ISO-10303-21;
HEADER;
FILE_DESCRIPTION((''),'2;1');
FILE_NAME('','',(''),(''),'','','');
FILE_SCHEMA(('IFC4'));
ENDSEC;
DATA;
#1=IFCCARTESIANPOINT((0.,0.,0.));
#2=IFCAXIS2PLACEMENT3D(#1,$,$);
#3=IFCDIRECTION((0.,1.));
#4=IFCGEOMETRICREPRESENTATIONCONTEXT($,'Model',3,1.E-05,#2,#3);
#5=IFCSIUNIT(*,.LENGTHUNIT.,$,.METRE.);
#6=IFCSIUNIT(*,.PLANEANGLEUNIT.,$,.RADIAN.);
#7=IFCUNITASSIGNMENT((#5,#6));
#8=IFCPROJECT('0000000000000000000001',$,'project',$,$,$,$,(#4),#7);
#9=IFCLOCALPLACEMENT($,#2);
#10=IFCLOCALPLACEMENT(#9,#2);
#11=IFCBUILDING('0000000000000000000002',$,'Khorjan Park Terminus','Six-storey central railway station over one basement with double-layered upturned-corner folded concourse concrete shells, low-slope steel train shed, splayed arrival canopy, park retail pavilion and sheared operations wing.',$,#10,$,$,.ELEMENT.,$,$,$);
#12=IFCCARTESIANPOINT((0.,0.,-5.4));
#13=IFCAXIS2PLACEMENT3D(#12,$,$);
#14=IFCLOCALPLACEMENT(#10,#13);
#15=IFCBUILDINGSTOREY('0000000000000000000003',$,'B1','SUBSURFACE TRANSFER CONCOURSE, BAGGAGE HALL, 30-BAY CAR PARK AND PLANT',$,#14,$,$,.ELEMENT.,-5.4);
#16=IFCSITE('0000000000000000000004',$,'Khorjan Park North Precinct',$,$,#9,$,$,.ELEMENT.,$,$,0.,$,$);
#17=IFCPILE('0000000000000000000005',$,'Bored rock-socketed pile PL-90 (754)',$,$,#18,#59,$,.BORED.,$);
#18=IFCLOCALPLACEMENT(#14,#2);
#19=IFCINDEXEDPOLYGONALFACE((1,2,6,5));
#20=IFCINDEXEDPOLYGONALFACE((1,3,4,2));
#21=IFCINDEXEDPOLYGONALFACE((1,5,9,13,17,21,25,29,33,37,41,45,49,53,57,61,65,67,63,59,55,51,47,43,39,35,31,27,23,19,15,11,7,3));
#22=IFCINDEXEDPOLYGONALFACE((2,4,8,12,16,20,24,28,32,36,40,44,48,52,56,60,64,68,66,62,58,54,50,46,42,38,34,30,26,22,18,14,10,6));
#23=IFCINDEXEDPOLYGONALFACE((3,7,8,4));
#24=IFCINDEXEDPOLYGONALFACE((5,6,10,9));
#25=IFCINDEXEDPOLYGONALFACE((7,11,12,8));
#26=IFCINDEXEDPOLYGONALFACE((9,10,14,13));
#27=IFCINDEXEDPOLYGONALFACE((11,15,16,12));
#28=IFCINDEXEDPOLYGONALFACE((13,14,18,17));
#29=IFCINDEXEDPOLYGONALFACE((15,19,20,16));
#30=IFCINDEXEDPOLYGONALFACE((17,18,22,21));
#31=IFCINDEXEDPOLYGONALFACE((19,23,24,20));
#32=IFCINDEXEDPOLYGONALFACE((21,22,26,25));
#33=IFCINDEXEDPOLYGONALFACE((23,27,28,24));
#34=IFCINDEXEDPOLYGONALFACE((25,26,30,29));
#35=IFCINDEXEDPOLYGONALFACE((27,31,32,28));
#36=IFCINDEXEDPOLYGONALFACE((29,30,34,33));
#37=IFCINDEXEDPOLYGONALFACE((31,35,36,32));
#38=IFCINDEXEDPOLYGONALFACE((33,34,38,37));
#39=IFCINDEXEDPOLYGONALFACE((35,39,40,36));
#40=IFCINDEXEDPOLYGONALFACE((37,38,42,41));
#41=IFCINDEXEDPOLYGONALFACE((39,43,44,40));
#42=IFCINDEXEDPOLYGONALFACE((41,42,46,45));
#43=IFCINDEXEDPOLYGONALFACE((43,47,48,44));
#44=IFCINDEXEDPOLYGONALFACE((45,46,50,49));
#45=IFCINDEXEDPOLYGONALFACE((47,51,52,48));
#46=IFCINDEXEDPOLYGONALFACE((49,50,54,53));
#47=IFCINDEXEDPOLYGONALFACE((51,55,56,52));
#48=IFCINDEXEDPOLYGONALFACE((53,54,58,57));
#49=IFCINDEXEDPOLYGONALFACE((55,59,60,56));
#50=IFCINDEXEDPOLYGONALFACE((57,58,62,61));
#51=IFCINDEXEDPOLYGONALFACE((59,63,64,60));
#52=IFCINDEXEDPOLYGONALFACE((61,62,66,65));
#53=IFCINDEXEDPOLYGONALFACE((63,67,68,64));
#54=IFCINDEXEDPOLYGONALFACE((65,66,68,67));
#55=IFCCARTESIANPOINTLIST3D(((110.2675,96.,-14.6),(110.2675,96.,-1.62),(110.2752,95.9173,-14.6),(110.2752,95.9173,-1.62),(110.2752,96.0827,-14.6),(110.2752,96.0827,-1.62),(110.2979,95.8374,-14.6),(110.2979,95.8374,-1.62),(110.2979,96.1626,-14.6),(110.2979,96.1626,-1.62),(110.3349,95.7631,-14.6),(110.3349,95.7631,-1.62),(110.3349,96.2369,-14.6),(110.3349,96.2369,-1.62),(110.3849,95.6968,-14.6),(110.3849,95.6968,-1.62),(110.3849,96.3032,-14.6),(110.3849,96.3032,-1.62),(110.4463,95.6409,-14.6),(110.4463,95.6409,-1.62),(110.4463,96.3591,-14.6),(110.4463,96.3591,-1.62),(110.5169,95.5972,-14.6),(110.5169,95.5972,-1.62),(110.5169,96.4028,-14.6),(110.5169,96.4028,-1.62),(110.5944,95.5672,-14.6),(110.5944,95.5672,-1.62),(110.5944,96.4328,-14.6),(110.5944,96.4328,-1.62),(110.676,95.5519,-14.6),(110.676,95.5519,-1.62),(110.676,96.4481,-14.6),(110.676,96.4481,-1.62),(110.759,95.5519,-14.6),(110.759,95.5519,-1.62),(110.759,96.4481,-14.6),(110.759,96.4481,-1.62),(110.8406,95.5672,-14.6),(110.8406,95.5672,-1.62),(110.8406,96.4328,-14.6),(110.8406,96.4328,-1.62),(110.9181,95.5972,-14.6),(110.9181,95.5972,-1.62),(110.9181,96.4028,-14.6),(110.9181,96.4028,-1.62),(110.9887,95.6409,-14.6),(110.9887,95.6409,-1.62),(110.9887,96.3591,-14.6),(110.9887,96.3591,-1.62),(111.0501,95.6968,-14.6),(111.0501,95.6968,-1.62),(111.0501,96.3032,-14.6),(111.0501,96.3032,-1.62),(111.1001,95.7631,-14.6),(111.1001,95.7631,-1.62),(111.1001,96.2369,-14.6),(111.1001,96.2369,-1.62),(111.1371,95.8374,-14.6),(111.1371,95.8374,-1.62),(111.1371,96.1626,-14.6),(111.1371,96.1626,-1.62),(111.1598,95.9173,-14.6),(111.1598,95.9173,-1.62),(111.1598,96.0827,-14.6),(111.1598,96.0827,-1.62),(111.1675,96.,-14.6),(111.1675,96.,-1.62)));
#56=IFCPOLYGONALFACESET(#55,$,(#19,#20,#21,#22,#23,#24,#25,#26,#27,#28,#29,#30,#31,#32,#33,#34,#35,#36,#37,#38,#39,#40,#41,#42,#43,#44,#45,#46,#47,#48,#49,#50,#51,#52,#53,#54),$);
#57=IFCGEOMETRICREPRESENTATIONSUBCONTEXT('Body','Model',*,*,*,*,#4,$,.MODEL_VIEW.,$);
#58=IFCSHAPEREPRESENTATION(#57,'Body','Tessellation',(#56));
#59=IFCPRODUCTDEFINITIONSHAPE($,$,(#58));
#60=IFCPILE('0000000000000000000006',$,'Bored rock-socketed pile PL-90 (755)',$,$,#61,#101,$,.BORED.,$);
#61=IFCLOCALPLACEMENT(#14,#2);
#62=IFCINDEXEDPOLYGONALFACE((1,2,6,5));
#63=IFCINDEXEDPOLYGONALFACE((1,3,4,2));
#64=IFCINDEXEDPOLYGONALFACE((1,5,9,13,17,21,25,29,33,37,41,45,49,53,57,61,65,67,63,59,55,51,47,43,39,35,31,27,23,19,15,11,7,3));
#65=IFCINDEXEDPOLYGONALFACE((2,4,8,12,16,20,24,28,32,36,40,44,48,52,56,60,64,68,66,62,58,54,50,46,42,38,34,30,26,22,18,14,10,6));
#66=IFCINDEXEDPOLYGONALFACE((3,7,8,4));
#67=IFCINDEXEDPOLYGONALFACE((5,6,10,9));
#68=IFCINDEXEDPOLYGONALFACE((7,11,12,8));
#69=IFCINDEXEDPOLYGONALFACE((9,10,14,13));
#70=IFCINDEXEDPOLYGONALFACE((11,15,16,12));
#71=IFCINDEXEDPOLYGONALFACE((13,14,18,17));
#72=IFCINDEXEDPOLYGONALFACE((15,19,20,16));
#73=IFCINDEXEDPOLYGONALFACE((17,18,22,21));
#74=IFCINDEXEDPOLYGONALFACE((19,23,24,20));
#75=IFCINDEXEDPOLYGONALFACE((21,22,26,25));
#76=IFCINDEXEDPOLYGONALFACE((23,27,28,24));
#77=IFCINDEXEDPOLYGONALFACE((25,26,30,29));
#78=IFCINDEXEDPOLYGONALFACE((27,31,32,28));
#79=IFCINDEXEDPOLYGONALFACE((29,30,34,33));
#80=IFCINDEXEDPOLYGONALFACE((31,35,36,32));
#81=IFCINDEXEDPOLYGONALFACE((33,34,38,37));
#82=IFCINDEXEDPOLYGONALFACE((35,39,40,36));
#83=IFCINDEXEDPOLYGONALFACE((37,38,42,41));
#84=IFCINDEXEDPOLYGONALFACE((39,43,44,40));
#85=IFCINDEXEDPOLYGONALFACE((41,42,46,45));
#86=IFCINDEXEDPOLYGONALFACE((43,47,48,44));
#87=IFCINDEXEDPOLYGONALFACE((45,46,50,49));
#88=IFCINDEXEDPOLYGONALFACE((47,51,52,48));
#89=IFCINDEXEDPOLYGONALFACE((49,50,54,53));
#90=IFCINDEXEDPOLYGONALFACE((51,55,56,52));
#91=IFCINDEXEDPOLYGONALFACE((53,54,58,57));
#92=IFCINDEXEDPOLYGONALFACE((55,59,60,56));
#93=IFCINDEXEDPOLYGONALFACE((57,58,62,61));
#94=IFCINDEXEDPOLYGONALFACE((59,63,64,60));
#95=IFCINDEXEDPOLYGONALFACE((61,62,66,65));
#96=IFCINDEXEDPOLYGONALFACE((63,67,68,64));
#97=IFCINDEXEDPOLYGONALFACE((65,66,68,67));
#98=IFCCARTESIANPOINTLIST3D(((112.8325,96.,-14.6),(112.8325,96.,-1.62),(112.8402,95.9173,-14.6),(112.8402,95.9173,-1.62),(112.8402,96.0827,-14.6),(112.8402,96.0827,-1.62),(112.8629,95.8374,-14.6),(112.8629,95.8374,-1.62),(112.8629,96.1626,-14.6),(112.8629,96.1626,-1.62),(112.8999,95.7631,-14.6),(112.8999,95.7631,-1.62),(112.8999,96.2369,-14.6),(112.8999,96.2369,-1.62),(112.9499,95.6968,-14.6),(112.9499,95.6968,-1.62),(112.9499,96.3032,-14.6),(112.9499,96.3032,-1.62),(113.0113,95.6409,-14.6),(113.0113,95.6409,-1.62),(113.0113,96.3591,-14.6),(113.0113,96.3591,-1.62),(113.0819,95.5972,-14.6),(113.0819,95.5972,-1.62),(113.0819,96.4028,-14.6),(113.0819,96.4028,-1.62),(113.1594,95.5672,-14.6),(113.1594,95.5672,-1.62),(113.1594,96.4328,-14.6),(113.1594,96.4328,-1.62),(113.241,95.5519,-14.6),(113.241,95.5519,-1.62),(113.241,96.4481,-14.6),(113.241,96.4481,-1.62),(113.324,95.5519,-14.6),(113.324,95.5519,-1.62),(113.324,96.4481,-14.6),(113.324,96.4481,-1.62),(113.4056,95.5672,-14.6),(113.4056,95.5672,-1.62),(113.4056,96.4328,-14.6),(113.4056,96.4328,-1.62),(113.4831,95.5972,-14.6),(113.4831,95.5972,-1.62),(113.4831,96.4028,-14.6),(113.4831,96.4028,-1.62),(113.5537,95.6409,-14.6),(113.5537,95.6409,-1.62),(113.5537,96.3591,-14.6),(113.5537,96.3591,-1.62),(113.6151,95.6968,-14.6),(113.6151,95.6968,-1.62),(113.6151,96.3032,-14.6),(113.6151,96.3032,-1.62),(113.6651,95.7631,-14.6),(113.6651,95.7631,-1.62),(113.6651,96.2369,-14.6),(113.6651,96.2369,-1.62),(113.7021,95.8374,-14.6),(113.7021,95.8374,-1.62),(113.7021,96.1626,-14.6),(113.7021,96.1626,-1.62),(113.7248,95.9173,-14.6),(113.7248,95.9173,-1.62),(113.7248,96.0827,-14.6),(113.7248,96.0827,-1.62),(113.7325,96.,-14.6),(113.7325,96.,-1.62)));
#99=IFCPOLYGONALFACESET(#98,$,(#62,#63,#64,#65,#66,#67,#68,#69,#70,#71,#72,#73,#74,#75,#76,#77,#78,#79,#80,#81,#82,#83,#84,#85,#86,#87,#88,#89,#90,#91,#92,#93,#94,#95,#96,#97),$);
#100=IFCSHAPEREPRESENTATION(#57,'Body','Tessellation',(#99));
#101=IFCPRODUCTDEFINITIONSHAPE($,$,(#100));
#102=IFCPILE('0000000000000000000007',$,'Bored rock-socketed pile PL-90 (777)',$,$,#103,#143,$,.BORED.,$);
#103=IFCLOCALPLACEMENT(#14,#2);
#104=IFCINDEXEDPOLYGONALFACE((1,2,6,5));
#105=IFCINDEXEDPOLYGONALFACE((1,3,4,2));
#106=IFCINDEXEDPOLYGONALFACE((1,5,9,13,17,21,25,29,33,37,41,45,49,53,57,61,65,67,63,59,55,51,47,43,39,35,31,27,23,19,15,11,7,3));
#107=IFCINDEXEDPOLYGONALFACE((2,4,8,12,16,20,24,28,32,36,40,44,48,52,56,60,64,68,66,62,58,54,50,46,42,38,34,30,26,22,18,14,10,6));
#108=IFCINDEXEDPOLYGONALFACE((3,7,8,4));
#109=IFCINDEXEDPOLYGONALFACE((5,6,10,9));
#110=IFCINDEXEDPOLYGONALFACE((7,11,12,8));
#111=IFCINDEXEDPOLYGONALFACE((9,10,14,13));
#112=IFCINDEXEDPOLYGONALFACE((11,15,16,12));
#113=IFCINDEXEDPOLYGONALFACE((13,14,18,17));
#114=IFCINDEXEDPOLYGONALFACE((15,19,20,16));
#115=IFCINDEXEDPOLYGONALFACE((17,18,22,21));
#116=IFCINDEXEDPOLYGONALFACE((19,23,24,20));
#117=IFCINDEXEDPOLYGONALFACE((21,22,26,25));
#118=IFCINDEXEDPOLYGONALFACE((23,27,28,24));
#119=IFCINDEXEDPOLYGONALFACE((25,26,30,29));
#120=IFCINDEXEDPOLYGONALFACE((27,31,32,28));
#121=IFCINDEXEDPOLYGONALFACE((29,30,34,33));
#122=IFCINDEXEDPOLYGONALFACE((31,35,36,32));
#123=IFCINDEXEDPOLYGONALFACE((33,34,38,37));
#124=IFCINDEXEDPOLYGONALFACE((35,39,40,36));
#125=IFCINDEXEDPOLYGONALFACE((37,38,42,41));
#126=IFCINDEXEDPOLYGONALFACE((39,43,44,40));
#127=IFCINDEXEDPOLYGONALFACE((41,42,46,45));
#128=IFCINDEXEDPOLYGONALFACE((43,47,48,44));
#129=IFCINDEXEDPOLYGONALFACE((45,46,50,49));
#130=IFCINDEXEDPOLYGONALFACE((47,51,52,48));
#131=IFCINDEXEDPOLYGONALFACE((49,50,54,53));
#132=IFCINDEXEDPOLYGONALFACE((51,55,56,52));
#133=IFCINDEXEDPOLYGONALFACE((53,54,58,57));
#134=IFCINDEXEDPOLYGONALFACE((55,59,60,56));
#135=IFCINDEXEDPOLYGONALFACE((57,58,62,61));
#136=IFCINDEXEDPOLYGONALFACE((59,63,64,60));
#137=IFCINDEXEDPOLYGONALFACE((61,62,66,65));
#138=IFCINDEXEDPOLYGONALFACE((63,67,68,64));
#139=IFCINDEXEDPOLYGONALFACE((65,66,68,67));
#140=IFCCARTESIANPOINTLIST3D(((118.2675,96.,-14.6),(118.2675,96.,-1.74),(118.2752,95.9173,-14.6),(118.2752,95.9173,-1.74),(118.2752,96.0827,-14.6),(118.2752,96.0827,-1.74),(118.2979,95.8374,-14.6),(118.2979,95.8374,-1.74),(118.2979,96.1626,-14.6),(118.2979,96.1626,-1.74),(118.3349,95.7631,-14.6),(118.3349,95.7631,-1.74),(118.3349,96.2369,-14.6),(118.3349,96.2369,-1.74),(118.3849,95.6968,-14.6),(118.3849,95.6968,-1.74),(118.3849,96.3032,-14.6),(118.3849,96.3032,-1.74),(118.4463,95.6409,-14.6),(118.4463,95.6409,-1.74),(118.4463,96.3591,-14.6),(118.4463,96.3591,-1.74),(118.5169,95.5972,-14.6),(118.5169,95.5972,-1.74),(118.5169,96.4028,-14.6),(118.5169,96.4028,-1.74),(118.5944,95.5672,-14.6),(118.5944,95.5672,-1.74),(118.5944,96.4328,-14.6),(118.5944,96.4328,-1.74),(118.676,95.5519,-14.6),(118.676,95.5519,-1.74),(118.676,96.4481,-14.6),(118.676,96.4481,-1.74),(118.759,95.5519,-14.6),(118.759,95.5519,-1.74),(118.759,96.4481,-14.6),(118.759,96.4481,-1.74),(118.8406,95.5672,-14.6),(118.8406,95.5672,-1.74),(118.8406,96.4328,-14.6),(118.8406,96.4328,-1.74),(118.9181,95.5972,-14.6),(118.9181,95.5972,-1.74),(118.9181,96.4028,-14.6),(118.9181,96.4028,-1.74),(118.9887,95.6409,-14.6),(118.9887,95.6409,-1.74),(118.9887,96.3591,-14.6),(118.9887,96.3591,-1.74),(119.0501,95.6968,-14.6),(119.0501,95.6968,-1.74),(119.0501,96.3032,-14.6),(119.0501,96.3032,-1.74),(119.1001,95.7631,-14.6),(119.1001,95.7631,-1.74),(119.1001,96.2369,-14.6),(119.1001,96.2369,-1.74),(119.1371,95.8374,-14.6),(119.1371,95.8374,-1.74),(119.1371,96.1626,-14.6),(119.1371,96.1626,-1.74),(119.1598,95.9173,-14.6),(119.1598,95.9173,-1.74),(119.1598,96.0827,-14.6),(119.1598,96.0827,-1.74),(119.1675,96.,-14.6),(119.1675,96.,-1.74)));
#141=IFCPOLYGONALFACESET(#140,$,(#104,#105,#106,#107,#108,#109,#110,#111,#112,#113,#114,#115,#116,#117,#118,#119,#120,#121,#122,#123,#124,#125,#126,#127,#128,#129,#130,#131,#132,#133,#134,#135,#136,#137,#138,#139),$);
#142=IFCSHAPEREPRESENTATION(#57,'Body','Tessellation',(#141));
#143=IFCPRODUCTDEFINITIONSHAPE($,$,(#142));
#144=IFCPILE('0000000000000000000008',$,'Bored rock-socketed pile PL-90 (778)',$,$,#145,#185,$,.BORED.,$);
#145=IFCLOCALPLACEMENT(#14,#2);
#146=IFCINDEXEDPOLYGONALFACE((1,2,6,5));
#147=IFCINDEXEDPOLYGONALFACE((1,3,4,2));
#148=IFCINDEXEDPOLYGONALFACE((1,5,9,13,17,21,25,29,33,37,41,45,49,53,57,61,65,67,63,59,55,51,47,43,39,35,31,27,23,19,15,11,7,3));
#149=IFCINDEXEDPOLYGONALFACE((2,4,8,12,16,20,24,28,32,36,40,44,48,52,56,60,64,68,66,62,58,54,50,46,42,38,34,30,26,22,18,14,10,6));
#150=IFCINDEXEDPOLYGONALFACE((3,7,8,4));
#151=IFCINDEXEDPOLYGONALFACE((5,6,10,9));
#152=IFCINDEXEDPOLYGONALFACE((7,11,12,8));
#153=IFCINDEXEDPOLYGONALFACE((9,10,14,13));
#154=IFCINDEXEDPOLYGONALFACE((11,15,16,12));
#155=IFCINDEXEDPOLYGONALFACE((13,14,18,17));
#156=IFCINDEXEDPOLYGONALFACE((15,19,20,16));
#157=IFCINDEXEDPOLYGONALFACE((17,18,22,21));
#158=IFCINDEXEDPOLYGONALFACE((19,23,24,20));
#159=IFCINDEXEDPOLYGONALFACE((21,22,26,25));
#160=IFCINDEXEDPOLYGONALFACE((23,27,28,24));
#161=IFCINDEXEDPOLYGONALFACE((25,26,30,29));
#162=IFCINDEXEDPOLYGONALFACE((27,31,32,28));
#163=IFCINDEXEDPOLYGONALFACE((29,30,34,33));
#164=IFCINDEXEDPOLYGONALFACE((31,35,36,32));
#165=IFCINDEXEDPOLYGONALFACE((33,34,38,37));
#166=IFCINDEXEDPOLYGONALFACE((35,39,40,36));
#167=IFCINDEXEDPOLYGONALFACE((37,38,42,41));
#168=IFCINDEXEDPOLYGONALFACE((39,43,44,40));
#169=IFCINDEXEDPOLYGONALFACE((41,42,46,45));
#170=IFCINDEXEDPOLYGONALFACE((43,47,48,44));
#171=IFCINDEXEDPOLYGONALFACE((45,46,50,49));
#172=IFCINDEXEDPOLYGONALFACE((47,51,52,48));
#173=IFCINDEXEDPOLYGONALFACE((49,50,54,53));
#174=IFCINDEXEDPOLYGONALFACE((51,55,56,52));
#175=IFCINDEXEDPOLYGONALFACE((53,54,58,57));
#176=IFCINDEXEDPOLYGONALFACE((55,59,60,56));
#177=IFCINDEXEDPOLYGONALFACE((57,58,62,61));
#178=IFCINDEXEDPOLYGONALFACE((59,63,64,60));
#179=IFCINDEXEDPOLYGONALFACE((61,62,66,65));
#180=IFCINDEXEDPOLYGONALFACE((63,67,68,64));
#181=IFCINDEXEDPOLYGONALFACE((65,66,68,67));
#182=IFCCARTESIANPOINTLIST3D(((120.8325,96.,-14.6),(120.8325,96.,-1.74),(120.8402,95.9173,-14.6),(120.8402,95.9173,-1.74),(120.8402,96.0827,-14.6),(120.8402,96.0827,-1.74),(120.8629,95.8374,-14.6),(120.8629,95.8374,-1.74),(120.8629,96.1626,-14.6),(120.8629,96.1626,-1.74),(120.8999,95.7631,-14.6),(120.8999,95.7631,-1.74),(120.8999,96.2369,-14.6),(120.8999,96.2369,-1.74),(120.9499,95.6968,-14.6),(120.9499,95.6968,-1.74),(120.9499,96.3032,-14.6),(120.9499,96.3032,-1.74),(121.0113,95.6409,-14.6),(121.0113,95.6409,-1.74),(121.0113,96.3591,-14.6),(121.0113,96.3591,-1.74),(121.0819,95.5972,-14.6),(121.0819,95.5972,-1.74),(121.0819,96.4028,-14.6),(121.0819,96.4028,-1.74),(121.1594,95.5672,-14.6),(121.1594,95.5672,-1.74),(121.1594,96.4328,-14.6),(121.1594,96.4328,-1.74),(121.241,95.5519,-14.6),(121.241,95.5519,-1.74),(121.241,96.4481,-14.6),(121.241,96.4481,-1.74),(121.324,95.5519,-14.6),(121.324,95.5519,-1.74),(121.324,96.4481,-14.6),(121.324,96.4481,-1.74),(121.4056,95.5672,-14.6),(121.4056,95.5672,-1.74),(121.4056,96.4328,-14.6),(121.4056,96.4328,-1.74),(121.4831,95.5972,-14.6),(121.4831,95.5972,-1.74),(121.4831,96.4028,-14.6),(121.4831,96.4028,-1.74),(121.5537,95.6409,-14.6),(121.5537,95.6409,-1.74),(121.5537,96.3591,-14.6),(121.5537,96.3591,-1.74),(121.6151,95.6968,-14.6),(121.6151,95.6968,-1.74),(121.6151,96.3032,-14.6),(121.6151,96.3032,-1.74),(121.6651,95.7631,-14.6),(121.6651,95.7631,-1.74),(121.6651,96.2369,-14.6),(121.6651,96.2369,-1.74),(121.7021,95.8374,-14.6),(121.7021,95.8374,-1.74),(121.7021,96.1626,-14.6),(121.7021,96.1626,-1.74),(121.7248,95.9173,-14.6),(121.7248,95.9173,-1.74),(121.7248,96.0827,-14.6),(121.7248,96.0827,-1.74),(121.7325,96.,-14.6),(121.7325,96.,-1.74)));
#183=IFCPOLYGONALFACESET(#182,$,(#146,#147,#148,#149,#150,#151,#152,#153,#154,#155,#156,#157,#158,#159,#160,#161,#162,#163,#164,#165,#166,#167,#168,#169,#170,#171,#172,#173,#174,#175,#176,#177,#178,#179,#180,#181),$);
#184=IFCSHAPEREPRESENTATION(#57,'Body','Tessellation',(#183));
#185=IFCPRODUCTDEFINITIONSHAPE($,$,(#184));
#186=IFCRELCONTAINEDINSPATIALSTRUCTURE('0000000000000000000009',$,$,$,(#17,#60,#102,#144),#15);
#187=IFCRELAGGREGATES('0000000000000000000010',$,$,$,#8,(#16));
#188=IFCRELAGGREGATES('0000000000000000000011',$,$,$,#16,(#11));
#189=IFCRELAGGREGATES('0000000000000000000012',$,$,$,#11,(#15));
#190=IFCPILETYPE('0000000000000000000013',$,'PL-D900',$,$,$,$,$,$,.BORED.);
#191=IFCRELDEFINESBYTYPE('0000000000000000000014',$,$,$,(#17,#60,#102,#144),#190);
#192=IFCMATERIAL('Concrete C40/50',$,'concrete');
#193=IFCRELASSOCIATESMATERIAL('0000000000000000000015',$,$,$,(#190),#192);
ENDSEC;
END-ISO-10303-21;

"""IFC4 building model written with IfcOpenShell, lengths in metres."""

from ifc_helpers import new_model, si_unit, direction, frame, origin, origin_2d, place, context, subcontext, project, spatial, circle, extrude, material, material_profile, profile_set, type_object, element, save


model = new_model("IFC4")

# Units and contexts
model_context = context("Model", 3, precision=1e-05, world=origin(), true_north=direction((0.0, 1.0)))
body_context = subcontext(model_context, "Body", "Model", "MODEL_VIEW")
ifc_project = project(units=[si_unit("LENGTHUNIT", "METRE"), si_unit("PLANEANGLEUNIT", "RADIAN")], contexts=[model_context])

# Site, building, storey
site_placement = place(None, origin())
site = spatial("IfcSite", under=ifc_project, at=site_placement, Name="Khorjan Park North Precinct", CompositionType="ELEMENT", RefElevation=0.0)
building_placement = place(site_placement, origin())
building = spatial("IfcBuilding", under=site, at=building_placement, Name="Khorjan Park Terminus", Description="Six-storey central railway station over one basement with double-layered upturned-corner folded concourse concrete shells, low-slope steel train shed, splayed arrival canopy, park retail pavilion and sheared operations wing.", CompositionType="ELEMENT")
storey_placement = place(building_placement, frame((0.0, 0.0, -5.4)))
storey = spatial("IfcBuildingStorey", under=building, at=storey_placement, Name="B1", Description="SUBSURFACE TRANSFER CONCOURSE, BAGGAGE HALL, 30-BAY CAR PARK AND PLANT", CompositionType="ELEMENT", Elevation=-5.4)

# Shared definitions
ifc_material_1 = material(Name="Concrete C40/50", Category="concrete")

# Piles
ifc_material_profile_1 = material_profile(ifc_material_1, circle(Radius=0.45, at=origin_2d()), Name="BORED D900")
ifc_profile_set_1 = profile_set([ifc_material_profile_1], Name="Concrete C40/50")
pile_type_1 = type_object("IfcPileType", Name="PL-D900", PredefinedType="BORED", material=ifc_profile_set_1)
for number, where, z_axis, x_axis, name in (
    (1, (110.7175, 96.0, -1.62), (0.0, 0.0, -1.0), (1.0, 0.0, 0.0), "Bored rock-socketed pile PL-90 (754)"),
    (2, (113.2825, 96.0, -1.62), (0.0, 0.0, -1.0), (1.0, 0.0, 0.0), "Bored rock-socketed pile PL-90 (755)"),
):
    element("IfcPile", number, at=place(storey_placement, frame(where, z_axis=z_axis, x_axis=x_axis)), inside=storey, type_object=pile_type_1, Name=name, PredefinedType="BORED", context=body_context, shape_type="SweptSolid", body=[
        extrude(circle(Radius=0.45, at=origin_2d()), origin(), (0.0, 0.0, 1.0), 12.98),
    ])
for number, where, z_axis, x_axis, name in (
    (3, (118.7175, 96.0, -1.74), (0.0, 0.0, -1.0), (1.0, 0.0, 0.0), "Bored rock-socketed pile PL-90 (777)"),
    (4, (121.2825, 96.0, -1.74), (0.0, 0.0, -1.0), (1.0, 0.0, 0.0), "Bored rock-socketed pile PL-90 (778)"),
):
    element("IfcPile", number, at=place(storey_placement, frame(where, z_axis=z_axis, x_axis=x_axis)), inside=storey, type_object=pile_type_1, Name=name, PredefinedType="BORED", context=body_context, shape_type="SweptSolid", body=[
        extrude(circle(Radius=0.45, at=origin_2d()), origin(), (0.0, 0.0, 1.0), 12.86),
    ])

save(model, "model.ifc")
